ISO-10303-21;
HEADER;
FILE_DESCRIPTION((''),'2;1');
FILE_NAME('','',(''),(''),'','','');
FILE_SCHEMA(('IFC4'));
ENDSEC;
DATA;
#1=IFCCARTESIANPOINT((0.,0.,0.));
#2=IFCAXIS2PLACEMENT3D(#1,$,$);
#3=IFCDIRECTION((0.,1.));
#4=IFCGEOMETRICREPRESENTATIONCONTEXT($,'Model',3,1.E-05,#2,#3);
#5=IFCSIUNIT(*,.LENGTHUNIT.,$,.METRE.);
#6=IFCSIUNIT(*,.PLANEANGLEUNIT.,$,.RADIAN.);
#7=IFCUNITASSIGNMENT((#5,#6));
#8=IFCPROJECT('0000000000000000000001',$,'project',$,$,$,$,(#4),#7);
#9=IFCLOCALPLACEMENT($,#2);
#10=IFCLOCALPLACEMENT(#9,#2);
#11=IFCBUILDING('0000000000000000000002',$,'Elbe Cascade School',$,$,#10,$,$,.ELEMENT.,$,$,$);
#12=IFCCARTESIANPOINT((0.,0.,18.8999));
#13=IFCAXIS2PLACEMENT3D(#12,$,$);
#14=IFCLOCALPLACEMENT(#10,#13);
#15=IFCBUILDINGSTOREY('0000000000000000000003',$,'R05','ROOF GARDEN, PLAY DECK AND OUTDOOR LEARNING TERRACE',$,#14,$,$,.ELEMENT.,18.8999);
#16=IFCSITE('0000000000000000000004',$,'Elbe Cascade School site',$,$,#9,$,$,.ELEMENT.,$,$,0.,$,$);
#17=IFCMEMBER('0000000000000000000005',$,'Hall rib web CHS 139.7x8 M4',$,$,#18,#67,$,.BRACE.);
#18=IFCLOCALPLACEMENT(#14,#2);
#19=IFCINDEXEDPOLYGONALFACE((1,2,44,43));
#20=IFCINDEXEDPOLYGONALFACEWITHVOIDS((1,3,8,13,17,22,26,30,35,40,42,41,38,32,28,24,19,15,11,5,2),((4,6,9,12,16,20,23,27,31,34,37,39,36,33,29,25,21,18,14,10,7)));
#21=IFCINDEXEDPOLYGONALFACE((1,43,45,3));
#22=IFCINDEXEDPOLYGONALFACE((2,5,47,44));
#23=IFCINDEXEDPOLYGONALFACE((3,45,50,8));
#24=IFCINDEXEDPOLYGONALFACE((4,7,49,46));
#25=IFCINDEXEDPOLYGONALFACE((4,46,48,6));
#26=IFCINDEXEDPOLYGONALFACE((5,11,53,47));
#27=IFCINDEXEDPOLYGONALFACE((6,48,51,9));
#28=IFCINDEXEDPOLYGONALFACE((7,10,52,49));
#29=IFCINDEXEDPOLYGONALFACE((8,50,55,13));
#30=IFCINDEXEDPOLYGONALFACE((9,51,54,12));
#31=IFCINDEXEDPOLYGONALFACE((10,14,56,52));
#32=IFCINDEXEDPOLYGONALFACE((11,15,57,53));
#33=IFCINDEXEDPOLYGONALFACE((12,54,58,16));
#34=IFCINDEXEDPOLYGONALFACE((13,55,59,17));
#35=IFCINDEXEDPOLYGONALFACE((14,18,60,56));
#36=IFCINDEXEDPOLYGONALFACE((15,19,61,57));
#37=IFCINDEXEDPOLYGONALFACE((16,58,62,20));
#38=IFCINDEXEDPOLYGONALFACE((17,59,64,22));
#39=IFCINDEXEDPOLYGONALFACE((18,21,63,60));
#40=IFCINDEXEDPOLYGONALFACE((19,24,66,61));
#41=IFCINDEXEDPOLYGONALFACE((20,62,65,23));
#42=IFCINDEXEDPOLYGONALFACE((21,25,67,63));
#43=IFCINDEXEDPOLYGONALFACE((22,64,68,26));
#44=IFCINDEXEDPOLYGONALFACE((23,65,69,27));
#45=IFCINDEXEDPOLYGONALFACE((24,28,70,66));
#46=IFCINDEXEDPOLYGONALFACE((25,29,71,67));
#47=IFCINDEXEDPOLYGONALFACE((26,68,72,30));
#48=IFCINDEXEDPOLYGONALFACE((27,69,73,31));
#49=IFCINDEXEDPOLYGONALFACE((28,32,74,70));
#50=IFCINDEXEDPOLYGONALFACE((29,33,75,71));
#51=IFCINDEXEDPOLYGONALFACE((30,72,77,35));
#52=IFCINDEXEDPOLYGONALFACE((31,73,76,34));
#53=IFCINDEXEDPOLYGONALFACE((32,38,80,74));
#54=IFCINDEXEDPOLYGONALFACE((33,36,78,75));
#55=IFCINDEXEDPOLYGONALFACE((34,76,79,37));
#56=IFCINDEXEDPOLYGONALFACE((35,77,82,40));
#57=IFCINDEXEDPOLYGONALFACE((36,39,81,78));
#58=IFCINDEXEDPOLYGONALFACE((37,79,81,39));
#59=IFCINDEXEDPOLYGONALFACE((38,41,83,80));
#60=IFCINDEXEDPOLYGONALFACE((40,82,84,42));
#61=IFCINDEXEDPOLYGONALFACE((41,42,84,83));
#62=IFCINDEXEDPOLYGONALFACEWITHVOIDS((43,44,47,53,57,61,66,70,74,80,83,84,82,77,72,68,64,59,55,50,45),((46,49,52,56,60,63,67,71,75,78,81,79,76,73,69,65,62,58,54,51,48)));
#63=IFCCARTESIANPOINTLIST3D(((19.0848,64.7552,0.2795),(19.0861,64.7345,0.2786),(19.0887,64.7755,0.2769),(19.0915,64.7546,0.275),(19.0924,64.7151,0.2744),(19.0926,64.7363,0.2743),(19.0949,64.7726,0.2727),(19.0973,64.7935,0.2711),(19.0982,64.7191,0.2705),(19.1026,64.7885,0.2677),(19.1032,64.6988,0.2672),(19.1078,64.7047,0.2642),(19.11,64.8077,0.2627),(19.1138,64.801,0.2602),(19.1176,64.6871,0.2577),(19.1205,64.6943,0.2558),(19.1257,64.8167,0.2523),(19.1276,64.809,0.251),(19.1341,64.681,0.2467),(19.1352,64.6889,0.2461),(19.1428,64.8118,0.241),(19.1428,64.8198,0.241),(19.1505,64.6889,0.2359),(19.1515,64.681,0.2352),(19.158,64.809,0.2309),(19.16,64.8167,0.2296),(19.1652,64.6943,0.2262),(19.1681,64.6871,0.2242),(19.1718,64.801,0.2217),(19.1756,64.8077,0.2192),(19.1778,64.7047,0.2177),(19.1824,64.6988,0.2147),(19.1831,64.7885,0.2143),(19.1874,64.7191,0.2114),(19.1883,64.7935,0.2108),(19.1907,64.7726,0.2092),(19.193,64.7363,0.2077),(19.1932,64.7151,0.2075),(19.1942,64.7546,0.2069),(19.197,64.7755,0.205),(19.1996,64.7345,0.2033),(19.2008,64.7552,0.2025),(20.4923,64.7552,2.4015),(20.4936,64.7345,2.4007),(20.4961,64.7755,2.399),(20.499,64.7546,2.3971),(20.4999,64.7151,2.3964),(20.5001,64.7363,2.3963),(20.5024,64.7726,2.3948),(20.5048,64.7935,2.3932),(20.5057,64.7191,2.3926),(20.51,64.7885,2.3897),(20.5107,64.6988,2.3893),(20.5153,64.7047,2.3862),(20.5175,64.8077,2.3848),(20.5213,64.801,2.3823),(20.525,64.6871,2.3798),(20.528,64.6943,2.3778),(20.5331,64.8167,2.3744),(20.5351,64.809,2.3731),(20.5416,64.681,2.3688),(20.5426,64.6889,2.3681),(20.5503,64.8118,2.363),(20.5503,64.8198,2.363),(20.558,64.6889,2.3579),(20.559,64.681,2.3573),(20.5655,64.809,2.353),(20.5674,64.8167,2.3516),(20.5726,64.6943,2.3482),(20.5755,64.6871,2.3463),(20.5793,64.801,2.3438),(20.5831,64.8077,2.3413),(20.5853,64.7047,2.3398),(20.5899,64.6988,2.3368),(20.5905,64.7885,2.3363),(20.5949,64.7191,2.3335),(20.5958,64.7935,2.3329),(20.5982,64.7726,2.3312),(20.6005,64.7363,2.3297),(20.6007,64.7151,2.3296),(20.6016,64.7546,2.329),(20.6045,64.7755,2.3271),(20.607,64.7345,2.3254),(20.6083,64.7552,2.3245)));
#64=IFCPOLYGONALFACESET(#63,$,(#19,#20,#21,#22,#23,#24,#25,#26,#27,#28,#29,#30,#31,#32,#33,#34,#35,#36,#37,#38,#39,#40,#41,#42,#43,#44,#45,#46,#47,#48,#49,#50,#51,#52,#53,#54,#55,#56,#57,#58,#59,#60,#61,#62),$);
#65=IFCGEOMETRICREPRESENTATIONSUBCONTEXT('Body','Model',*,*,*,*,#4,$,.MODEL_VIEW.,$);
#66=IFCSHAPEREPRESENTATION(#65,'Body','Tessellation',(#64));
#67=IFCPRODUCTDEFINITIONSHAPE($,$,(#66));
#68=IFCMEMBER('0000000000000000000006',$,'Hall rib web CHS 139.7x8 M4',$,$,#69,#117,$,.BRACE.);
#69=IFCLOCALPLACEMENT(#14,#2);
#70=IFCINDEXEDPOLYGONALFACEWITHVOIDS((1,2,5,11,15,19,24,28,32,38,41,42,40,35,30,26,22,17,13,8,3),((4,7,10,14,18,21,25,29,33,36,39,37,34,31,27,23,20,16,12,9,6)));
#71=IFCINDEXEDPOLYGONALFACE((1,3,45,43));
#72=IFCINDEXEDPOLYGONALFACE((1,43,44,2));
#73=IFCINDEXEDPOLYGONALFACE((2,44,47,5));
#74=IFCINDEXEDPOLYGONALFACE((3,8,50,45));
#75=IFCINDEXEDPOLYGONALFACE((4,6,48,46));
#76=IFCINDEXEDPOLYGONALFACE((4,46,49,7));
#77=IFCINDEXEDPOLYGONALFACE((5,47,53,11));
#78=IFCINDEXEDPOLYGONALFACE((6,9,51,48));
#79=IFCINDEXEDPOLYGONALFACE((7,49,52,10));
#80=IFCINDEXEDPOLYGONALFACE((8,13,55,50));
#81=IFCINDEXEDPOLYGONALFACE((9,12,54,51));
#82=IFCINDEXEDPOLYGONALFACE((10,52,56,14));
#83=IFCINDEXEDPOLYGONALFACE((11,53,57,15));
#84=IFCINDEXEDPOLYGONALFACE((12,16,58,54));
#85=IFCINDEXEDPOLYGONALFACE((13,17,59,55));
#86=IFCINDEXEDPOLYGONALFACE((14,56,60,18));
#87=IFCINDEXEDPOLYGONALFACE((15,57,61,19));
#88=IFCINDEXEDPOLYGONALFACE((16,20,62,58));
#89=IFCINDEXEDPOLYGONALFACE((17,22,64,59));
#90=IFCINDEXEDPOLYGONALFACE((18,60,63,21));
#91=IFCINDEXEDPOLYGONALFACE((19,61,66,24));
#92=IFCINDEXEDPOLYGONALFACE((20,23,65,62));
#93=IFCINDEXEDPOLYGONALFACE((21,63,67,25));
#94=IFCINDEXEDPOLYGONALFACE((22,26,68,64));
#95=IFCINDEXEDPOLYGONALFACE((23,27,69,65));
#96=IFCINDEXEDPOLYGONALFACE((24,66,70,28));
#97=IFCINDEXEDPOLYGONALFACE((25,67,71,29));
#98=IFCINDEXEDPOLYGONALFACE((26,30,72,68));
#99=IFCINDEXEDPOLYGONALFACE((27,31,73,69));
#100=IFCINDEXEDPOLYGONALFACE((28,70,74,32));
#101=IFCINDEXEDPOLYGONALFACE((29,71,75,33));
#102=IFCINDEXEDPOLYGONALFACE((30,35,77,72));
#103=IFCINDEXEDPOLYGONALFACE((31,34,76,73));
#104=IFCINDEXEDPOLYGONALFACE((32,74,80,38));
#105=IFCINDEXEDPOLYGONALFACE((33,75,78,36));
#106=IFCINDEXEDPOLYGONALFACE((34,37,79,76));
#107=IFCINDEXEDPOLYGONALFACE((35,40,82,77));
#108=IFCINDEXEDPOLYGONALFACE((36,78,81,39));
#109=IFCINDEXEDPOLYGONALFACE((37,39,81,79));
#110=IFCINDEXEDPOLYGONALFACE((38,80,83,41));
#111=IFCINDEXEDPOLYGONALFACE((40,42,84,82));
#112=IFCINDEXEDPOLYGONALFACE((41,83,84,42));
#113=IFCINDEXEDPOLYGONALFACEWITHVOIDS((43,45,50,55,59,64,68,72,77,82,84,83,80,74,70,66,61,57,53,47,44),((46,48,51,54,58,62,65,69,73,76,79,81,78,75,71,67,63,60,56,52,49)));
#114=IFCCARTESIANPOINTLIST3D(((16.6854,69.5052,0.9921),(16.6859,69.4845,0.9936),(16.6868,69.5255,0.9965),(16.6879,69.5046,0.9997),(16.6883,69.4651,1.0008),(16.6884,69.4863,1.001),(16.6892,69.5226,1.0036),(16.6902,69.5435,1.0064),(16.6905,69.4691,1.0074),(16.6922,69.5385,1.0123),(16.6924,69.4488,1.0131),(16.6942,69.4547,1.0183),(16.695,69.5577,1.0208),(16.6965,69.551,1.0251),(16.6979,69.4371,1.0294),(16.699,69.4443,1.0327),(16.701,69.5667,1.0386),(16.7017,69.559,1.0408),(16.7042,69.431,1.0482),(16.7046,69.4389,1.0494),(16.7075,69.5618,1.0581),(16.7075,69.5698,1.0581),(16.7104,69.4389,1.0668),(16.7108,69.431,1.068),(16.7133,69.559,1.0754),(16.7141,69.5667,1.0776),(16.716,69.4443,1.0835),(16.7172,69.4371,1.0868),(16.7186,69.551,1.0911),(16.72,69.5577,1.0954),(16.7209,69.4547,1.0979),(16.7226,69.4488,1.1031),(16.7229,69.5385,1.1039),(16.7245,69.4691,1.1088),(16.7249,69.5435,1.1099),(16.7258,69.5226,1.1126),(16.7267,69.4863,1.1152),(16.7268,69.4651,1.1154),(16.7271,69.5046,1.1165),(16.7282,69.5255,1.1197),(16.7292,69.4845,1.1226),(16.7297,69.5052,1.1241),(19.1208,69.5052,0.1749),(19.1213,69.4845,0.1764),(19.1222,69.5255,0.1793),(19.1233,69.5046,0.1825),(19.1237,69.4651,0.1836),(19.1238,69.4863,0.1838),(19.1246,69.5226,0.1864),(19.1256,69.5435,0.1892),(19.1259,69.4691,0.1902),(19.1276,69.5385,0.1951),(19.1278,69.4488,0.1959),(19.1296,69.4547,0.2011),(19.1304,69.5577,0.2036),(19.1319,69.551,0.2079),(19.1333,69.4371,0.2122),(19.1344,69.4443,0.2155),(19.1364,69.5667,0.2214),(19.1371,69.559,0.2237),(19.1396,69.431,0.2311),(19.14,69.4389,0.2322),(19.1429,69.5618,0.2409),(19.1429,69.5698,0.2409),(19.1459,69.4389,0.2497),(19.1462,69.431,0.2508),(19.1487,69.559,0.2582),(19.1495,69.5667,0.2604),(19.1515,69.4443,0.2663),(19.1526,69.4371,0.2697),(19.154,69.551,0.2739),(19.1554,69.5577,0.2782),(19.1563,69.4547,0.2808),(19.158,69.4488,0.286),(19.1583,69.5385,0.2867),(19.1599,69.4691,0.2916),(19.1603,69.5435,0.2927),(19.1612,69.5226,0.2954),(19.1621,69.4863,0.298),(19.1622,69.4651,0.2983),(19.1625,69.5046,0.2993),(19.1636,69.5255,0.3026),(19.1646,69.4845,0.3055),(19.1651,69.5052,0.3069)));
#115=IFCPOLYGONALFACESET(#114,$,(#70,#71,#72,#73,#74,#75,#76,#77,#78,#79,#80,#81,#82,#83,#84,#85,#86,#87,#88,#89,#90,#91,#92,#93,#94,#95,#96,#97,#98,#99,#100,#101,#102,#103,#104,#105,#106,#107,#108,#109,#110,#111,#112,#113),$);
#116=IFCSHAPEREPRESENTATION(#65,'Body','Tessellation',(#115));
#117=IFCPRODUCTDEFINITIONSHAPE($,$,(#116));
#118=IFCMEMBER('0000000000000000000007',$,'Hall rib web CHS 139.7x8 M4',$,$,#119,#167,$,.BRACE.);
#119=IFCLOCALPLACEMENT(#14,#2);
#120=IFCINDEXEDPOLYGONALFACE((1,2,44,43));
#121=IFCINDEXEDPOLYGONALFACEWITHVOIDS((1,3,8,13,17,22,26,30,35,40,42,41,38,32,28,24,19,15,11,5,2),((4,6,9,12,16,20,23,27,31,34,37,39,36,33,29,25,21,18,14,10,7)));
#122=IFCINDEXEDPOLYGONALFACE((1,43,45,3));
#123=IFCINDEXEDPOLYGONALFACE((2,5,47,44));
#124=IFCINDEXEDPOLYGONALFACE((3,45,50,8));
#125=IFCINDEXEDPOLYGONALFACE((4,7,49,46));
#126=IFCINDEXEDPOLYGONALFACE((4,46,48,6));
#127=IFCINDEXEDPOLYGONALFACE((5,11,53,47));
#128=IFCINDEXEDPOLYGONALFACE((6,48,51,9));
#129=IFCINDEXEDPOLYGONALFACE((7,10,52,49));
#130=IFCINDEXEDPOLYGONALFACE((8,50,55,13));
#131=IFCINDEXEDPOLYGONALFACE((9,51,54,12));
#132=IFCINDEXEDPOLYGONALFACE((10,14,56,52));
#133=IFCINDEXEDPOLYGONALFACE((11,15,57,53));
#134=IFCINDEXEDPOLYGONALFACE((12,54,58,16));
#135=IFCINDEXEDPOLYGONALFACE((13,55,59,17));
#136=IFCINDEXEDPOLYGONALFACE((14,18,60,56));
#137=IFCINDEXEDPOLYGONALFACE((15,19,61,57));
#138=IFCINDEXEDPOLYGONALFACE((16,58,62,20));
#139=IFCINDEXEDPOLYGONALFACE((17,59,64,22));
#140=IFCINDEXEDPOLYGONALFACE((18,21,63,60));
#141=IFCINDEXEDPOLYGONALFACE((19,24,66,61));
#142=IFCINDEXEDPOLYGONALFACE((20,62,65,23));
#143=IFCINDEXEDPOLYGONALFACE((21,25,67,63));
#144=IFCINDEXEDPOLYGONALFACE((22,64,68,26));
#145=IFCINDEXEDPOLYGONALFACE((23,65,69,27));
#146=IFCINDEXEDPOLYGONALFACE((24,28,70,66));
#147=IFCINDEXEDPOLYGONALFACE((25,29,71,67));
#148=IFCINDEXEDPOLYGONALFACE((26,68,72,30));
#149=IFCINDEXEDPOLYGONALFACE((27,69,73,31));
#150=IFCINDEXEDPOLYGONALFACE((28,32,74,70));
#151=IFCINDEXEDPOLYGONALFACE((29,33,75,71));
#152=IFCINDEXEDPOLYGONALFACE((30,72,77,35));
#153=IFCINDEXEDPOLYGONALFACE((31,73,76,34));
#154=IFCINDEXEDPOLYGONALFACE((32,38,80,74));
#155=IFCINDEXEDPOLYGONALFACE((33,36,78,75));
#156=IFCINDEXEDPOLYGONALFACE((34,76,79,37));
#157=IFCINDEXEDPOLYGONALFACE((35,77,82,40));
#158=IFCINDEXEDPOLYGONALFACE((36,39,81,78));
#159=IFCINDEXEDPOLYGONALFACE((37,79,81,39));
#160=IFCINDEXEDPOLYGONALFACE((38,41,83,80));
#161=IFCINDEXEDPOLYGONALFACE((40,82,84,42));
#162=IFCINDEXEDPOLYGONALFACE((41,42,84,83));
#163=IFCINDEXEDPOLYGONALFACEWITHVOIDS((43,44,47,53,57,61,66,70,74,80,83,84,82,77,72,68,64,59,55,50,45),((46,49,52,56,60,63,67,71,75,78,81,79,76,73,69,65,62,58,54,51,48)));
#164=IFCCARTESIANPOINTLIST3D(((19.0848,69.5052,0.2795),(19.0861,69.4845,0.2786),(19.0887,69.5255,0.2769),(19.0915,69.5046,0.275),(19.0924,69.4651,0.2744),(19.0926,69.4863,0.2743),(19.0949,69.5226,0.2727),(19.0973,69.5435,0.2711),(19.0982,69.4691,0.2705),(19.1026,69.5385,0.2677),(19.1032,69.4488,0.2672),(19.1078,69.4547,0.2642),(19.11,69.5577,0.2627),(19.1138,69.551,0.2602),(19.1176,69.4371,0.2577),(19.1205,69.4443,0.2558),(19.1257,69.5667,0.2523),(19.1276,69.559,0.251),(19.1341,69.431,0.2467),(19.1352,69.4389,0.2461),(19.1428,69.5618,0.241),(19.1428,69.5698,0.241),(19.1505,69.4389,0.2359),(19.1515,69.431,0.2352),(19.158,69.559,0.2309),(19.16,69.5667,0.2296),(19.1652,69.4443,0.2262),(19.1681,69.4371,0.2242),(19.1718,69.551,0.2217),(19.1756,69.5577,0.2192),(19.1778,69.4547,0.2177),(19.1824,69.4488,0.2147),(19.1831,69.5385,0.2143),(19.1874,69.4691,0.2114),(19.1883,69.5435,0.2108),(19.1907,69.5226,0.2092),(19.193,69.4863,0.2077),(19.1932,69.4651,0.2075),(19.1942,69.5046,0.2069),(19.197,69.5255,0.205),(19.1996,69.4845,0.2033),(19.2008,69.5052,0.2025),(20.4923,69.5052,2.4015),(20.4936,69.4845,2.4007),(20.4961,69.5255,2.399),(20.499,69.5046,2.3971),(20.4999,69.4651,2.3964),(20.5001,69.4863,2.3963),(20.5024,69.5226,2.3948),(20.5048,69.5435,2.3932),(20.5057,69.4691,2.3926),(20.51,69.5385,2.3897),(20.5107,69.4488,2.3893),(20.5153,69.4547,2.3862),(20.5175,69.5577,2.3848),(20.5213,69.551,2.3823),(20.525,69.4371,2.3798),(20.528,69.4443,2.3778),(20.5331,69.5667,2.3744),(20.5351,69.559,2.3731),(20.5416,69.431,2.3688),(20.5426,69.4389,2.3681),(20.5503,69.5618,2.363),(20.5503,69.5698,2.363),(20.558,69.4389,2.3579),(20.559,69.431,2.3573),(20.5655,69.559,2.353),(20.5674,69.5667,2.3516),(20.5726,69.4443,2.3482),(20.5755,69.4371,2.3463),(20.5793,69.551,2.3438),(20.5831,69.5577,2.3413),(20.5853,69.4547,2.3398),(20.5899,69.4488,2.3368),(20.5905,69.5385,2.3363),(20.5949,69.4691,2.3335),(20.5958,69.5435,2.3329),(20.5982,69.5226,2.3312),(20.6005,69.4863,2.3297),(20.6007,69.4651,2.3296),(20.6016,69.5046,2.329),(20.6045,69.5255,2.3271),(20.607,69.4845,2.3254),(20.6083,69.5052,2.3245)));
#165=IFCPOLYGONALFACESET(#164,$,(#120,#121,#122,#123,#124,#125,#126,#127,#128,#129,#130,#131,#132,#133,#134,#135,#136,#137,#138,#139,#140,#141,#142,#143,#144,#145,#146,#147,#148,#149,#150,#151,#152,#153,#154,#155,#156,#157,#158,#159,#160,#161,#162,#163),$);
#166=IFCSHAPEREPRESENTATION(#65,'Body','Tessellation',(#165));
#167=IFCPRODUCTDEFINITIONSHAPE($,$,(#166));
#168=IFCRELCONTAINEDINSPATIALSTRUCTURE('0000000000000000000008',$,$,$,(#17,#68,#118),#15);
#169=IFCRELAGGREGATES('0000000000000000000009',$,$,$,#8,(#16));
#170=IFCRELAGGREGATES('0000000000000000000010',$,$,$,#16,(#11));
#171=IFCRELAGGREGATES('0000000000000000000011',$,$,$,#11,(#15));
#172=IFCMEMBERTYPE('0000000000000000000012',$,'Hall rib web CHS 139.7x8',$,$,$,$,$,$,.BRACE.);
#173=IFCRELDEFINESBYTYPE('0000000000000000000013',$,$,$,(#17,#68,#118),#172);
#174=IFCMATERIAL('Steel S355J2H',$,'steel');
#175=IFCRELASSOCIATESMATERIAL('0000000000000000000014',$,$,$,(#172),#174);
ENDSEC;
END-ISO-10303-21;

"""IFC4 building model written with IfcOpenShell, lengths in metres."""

from ifc_helpers import new_model, si_unit, direction, frame, origin, origin_2d, place, context, subcontext, project, spatial, hollow_circle, extrude, material, material_profile, profile_set, type_object, element, save


model = new_model("IFC4")

# Units and contexts
model_context = context("Model", 3, precision=1e-05, world=origin(), true_north=direction((0.0, 1.0)))
body_context = subcontext(model_context, "Body", "Model", "MODEL_VIEW")
ifc_project = project(units=[si_unit("LENGTHUNIT", "METRE"), si_unit("PLANEANGLEUNIT", "RADIAN")], contexts=[model_context])

# Site, building, storey
site_placement = place(None, origin())
site = spatial("IfcSite", under=ifc_project, at=site_placement, Name="Elbe Cascade School site", CompositionType="ELEMENT", RefElevation=0.0)
building_placement = place(site_placement, origin())
building = spatial("IfcBuilding", under=site, at=building_placement, Name="Elbe Cascade School", CompositionType="ELEMENT")
storey_placement = place(building_placement, frame((0.0, 0.0, 18.8999)))
storey = spatial("IfcBuildingStorey", under=building, at=storey_placement, Name="R05", Description="ROOF GARDEN, PLAY DECK AND OUTDOOR LEARNING TERRACE", CompositionType="ELEMENT", Elevation=18.8999)

# Members
ifc_material_1 = material(Name="Steel S355J2H", Category="steel")
ifc_material_profile_1 = material_profile(ifc_material_1, hollow_circle(Radius=0.0698, WallThickness=0.0081, at=origin_2d()), Name="CHS 139.7x8")
ifc_profile_set_1 = profile_set([ifc_material_profile_1], Name="Steel S355J2H")
member_type_1 = type_object("IfcMemberType", Name="Hall rib web CHS 139.7x8", PredefinedType="BRACE", material=ifc_profile_set_1)
member_1_placement = place(storey_placement, frame((19.1428, 64.75, 0.241), z_axis=(0.552729, 0.0, 0.833361), x_axis=(0.0, 1.0, 0.0)))
element("IfcMember", 1, at=member_1_placement, inside=storey, type_object=member_type_1, Name="Hall rib web CHS 139.7x8 M4", PredefinedType="BRACE", context=body_context, shape_type="SweptSolid", body=[
    extrude(hollow_circle(Radius=0.0698, WallThickness=0.0081, at=origin_2d()), origin(), (0.0, 0.0, 1.0), 2.5464),
])
member_2_placement = place(storey_placement, frame((16.7075, 69.5, 1.0581), z_axis=(0.948054, 0.0, -0.318109), x_axis=(0.0, 1.0, 0.0)))
element("IfcMember", 2, at=member_2_placement, inside=storey, type_object=member_type_1, Name="Hall rib web CHS 139.7x8 M4", PredefinedType="BRACE", context=body_context, shape_type="SweptSolid", body=[
    extrude(hollow_circle(Radius=0.0698, WallThickness=0.0081, at=origin_2d()), origin(), (0.0, 0.0, 1.0), 2.5688),
])
member_3_placement = place(storey_placement, frame((19.1428, 69.5, 0.241), z_axis=(0.552729, 0.0, 0.833361), x_axis=(0.0, 1.0, 0.0)))
element("IfcMember", 3, at=member_3_placement, inside=storey, type_object=member_type_1, Name="Hall rib web CHS 139.7x8 M4", PredefinedType="BRACE", context=body_context, shape_type="SweptSolid", body=[
    extrude(hollow_circle(Radius=0.0698, WallThickness=0.0081, at=origin_2d()), origin(), (0.0, 0.0, 1.0), 2.5464),
])

save(model, "model.ifc")
